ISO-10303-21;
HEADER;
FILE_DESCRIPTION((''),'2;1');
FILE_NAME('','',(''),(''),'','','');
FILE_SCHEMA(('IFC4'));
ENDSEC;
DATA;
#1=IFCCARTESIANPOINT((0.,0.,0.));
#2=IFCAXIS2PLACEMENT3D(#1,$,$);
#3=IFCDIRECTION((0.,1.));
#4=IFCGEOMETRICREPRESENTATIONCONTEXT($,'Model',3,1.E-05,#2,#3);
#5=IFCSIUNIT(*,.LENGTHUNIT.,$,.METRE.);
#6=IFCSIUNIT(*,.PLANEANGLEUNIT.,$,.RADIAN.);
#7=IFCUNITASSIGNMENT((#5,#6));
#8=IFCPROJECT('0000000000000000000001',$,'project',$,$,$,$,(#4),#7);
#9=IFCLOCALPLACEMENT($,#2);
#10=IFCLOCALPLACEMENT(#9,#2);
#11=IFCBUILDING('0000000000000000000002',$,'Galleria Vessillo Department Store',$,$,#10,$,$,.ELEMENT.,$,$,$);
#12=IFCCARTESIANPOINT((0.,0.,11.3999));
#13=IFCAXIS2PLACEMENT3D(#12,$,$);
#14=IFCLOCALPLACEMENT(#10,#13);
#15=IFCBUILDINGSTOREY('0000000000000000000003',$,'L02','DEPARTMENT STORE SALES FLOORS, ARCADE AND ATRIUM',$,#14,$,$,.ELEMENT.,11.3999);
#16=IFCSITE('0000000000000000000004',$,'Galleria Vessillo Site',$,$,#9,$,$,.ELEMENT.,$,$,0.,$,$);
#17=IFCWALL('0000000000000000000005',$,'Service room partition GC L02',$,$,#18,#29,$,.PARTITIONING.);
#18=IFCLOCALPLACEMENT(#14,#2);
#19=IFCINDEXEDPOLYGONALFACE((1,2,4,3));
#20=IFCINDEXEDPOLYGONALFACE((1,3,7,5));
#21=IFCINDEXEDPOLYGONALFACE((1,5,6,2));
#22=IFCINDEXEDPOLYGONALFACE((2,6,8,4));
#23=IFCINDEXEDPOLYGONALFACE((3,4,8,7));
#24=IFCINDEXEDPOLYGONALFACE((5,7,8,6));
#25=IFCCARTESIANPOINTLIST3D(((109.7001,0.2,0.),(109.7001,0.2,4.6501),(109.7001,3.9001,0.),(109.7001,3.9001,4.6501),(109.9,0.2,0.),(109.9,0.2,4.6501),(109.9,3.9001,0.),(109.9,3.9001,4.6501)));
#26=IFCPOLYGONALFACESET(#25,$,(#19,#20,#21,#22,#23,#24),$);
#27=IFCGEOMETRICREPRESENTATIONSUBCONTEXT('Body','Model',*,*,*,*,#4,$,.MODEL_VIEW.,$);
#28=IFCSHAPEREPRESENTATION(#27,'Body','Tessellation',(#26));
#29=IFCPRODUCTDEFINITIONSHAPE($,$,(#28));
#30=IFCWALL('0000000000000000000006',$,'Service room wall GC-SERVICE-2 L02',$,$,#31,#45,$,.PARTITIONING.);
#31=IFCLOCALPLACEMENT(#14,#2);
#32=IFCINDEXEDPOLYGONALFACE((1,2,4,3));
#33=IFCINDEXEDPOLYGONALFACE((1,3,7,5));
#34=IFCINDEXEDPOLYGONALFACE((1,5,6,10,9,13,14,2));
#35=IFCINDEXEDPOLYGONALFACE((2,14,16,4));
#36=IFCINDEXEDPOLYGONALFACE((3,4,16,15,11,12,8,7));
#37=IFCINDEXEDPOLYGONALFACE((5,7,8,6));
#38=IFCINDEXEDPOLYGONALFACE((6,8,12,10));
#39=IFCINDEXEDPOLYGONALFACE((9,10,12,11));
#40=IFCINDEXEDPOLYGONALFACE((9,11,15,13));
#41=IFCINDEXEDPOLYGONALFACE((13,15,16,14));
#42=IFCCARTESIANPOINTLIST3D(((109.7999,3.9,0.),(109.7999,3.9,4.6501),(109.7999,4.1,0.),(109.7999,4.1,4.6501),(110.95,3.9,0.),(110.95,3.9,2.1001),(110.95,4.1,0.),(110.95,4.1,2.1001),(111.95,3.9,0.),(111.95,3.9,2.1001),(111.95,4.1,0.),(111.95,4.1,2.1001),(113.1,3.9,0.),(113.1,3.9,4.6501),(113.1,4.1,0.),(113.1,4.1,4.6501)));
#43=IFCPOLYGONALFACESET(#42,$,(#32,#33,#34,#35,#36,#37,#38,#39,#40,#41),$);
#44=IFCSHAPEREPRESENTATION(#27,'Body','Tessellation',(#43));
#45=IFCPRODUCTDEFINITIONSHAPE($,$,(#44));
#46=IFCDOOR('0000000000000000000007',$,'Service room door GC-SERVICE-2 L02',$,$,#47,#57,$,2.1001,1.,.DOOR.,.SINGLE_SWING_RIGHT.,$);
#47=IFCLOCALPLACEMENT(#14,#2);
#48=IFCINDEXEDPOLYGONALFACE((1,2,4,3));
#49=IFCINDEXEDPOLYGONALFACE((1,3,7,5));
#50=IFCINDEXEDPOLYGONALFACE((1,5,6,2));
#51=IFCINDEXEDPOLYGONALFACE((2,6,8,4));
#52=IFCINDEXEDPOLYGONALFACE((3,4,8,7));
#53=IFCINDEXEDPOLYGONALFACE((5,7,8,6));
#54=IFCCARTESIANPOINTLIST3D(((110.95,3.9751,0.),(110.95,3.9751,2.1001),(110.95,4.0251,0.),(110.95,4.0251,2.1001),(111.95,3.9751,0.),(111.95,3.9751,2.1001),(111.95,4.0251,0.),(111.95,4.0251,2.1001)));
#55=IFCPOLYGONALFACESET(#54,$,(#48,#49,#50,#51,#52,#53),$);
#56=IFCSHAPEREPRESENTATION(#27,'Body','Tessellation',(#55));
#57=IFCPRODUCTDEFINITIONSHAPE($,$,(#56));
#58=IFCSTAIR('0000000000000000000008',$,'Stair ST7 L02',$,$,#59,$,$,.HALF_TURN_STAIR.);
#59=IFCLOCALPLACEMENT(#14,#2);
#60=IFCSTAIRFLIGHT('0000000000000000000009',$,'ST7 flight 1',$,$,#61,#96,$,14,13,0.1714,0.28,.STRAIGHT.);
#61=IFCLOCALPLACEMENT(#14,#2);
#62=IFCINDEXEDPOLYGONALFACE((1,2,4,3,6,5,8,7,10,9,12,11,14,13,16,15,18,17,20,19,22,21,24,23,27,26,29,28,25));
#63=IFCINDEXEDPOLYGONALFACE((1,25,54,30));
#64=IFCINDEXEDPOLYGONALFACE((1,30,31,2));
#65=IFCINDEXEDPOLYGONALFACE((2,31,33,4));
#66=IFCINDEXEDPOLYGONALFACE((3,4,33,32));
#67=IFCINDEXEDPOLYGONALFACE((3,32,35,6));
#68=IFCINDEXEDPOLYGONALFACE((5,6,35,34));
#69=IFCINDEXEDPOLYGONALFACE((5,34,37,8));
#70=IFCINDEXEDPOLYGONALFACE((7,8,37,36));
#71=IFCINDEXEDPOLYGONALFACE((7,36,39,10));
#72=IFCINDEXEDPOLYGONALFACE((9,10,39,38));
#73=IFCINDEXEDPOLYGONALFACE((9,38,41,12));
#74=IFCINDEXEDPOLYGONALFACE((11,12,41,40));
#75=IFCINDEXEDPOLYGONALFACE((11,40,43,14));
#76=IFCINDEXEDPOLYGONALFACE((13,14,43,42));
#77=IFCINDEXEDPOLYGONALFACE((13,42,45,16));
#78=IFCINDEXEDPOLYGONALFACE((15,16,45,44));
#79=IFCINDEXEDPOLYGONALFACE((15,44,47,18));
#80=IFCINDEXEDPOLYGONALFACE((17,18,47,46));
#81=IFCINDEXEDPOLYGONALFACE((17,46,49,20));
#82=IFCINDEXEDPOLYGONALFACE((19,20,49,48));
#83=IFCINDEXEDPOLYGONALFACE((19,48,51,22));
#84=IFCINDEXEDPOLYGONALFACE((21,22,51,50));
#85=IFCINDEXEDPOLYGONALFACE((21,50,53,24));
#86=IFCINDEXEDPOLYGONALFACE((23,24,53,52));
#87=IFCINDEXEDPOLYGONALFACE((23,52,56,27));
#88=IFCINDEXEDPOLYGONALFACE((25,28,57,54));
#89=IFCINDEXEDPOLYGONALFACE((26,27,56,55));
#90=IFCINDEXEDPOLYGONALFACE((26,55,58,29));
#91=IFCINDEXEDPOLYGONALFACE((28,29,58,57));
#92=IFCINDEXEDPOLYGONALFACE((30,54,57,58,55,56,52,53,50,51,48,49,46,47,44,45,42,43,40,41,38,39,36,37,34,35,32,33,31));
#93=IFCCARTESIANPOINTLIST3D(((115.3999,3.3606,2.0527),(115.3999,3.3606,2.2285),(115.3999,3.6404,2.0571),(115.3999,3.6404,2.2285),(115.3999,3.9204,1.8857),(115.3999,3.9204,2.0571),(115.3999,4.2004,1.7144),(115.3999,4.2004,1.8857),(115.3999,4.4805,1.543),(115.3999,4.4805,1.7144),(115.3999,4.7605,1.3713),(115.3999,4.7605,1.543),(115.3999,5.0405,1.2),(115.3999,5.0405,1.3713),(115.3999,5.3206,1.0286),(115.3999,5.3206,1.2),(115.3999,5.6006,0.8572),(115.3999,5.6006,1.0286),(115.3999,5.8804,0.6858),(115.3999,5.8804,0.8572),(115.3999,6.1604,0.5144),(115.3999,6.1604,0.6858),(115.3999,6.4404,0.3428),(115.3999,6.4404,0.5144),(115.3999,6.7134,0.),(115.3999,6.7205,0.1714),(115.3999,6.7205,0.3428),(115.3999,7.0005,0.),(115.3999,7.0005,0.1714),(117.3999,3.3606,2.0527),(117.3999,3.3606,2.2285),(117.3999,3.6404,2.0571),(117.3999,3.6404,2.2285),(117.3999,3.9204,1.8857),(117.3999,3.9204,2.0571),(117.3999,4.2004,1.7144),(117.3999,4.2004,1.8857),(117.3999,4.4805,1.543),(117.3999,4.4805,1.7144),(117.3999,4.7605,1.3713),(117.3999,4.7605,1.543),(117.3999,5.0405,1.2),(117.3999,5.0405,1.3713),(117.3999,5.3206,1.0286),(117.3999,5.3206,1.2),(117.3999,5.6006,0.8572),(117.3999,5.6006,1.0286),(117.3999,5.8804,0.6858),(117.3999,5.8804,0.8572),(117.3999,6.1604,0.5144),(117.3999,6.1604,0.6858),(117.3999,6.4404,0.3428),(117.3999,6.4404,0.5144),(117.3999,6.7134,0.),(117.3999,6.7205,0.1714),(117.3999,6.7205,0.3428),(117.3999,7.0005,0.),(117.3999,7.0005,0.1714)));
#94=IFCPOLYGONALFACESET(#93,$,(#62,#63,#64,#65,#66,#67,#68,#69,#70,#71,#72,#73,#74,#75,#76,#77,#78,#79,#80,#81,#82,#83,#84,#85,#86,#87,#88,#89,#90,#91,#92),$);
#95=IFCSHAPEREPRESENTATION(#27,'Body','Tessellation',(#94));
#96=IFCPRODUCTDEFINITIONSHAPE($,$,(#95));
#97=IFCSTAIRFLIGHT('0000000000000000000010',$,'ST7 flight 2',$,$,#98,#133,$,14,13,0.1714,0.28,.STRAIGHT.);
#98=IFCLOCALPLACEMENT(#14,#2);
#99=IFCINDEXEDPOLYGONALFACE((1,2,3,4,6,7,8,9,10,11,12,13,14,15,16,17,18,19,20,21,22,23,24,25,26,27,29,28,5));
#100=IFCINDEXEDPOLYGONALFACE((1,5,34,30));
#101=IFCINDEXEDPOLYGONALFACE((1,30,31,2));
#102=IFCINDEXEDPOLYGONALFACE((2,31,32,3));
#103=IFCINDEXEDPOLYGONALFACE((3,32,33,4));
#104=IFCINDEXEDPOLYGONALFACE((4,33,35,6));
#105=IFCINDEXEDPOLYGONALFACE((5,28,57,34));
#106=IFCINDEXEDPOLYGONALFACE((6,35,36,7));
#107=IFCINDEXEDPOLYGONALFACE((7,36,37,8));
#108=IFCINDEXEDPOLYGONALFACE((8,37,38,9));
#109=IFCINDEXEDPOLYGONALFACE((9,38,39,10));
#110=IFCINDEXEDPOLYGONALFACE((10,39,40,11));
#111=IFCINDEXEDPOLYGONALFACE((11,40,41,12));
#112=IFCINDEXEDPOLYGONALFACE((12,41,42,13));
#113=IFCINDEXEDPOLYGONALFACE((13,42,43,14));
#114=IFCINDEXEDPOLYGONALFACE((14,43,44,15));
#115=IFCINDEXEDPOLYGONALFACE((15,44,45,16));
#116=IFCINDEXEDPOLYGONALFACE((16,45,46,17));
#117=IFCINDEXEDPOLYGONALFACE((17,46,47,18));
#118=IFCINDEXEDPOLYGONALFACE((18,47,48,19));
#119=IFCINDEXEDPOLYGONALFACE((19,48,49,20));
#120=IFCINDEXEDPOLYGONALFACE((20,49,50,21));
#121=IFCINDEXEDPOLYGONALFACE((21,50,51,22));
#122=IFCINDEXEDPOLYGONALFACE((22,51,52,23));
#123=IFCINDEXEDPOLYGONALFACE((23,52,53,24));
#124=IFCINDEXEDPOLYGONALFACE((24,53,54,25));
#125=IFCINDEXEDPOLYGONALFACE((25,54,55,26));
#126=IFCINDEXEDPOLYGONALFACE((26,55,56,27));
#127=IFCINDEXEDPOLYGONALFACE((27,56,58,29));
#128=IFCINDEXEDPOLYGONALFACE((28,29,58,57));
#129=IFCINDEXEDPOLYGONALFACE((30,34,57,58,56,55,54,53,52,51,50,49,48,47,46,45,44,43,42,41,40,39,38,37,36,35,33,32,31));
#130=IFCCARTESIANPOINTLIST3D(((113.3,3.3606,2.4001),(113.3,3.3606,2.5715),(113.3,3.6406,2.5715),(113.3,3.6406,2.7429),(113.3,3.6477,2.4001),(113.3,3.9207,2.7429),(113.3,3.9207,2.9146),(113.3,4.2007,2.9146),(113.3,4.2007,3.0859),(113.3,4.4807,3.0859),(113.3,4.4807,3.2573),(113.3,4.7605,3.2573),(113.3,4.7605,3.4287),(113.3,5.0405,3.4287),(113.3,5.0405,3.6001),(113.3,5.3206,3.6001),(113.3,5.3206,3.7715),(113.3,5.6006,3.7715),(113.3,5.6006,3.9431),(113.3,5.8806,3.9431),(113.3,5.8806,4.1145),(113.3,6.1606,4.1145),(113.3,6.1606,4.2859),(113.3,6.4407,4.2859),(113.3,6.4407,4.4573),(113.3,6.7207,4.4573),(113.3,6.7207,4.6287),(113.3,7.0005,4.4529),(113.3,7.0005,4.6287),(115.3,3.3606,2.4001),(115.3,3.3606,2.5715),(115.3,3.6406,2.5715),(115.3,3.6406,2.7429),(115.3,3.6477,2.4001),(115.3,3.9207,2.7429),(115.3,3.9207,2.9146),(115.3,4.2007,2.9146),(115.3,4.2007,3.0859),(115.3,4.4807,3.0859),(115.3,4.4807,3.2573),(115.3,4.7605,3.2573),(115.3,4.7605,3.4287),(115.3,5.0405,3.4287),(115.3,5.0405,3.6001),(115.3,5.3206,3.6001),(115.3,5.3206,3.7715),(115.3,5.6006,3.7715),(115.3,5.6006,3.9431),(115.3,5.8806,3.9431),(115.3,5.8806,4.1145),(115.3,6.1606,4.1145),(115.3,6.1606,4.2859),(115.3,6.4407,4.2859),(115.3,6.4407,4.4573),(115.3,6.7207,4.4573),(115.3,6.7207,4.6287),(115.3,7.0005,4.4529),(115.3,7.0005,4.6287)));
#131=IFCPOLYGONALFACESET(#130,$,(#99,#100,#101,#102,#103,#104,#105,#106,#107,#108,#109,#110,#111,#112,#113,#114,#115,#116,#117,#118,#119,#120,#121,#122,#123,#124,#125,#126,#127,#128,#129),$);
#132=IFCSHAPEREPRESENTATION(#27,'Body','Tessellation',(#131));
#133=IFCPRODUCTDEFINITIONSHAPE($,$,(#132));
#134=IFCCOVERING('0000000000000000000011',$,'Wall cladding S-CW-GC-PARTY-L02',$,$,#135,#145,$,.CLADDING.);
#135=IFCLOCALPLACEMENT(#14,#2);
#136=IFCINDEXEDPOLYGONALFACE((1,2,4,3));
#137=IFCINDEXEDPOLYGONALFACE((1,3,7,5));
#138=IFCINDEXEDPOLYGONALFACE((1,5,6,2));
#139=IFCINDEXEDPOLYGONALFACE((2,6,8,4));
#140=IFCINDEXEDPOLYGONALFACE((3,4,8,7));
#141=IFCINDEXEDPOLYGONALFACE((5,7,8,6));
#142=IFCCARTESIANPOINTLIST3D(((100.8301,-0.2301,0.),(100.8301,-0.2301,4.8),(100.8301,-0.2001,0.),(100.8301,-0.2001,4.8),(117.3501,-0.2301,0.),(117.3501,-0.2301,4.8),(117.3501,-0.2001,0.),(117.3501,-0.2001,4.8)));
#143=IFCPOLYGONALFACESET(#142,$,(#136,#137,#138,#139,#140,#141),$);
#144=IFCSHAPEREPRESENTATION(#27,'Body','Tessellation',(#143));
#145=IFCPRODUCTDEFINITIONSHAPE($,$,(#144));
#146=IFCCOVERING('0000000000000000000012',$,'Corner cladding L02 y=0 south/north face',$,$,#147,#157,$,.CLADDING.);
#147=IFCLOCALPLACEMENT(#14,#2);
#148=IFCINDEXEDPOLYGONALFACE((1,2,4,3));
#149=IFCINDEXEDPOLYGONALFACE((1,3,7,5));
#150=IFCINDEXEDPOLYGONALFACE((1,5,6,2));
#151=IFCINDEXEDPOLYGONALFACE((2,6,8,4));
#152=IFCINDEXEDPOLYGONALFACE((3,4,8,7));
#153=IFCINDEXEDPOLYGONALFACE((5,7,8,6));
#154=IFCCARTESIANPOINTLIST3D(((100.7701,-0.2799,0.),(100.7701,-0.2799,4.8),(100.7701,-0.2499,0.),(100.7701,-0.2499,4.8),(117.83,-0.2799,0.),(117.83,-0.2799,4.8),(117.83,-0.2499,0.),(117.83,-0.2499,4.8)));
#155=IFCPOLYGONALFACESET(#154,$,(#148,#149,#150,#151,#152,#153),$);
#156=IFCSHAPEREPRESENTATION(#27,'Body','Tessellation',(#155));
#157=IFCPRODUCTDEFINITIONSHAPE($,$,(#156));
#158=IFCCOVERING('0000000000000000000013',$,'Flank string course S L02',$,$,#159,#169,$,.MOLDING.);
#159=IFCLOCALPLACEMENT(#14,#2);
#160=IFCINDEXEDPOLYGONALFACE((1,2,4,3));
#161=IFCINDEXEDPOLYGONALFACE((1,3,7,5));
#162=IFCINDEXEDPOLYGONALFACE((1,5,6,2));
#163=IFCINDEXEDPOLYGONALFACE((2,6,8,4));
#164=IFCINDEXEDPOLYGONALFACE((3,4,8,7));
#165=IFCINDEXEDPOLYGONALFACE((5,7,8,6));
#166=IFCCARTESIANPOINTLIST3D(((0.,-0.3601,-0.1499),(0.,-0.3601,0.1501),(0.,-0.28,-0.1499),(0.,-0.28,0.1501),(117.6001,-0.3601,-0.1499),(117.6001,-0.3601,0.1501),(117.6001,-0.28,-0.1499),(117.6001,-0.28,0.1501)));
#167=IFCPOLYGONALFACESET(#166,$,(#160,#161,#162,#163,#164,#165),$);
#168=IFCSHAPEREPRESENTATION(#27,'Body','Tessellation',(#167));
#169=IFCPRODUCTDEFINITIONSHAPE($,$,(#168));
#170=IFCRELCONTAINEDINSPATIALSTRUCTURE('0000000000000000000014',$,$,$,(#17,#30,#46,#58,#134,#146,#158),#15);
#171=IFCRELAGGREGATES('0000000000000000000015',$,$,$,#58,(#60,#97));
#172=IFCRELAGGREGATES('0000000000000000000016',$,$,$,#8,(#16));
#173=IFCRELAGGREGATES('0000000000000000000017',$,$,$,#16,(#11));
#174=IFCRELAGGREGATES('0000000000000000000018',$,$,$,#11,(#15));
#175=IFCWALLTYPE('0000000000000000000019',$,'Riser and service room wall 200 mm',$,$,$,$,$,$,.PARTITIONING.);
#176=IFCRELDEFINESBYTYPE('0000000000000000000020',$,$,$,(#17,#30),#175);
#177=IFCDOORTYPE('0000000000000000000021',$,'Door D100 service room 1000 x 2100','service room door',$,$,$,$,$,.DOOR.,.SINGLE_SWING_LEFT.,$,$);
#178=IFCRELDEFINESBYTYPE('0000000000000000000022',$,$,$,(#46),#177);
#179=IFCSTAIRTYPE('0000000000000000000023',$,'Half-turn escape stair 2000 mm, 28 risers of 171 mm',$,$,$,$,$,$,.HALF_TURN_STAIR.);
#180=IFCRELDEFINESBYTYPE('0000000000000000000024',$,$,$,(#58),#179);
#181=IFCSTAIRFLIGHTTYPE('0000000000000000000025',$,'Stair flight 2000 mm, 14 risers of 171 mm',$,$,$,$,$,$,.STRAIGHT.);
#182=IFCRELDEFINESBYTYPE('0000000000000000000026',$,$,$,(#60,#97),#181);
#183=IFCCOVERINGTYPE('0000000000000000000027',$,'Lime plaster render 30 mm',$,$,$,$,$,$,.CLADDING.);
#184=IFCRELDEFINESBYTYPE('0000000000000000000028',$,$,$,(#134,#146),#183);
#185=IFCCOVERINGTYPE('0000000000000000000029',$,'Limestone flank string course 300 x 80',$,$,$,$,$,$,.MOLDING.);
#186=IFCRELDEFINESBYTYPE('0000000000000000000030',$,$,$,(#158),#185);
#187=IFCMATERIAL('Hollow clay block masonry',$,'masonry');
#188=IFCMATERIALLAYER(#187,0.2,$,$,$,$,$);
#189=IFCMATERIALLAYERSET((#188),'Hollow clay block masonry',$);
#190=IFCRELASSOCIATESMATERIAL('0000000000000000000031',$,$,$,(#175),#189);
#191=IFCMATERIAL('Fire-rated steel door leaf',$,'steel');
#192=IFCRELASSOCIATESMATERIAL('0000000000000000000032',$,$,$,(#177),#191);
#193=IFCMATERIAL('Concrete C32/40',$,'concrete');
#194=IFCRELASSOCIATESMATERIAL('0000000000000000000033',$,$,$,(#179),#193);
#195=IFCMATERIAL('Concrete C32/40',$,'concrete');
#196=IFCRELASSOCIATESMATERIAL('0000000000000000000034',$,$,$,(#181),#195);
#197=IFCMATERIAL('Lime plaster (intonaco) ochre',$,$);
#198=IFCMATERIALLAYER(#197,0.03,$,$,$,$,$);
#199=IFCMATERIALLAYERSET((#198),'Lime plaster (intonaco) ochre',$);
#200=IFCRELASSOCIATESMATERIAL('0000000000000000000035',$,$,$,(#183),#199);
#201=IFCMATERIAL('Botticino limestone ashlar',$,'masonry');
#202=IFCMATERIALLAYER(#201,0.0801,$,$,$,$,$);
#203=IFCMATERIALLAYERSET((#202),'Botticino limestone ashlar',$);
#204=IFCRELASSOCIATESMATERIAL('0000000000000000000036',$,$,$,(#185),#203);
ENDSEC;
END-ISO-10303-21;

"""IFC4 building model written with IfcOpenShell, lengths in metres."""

from ifc_helpers import new_model, si_unit, direction, frame, frame_2d, origin, origin_2d, place, context, subcontext, project, spatial, polyline, rectangle, outline, extrude, material, layer, layer_set, type_object, element, fill, aggregate, save


model = new_model("IFC4")

# Units and contexts
model_context = context("Model", 3, precision=1e-05, world=origin(), true_north=direction((0.0, 1.0)))
body_context = subcontext(model_context, "Body", "Model", "MODEL_VIEW")
ifc_project = project(units=[si_unit("LENGTHUNIT", "METRE"), si_unit("PLANEANGLEUNIT", "RADIAN")], contexts=[model_context])

# Site, building, storey
site_placement = place(None, origin())
site = spatial("IfcSite", under=ifc_project, at=site_placement, Name="Galleria Vessillo Site", CompositionType="ELEMENT", RefElevation=0.0)
building_placement = place(site_placement, origin())
building = spatial("IfcBuilding", under=site, at=building_placement, Name="Galleria Vessillo Department Store", CompositionType="ELEMENT")
storey_placement = place(building_placement, frame((0.0, 0.0, 11.3999)))
storey = spatial("IfcBuildingStorey", under=building, at=storey_placement, Name="L02", Description="DEPARTMENT STORE SALES FLOORS, ARCADE AND ATRIUM", CompositionType="ELEMENT", Elevation=11.3999)

# Shared definitions
ifc_material_1 = material(Name="Hollow clay block masonry", Category="masonry")
ifc_layer_1 = layer(ifc_material_1, 0.2)
ifc_layer_set_1 = layer_set([ifc_layer_1], Name="Hollow clay block masonry")
wall_type_1 = type_object("IfcWallType", Name="Riser and service room wall 200 mm", PredefinedType="PARTITIONING", material=ifc_layer_set_1)
ifc_material_2 = material(Name="Fire-rated steel door leaf", Category="steel")
door_type_1 = type_object("IfcDoorType", Name="Door D100 service room 1000 x 2100", Description="service room door", OperationType="SINGLE_SWING_LEFT", PredefinedType="DOOR", material=ifc_material_2)

# Wall
wall_1_placement = place(storey_placement, frame((109.8, 0.2, 0.0), z_axis=(0.0, 0.0, 1.0), x_axis=(0.0, 1.0, 0.0)))
element("IfcWall", 1, at=wall_1_placement, inside=storey, type_object=wall_type_1, Name="Service room partition GC L02", PredefinedType="PARTITIONING", context=body_context, shape_type="SweptSolid", body=[
    extrude(rectangle(XDim=3.7002, YDim=0.2, at=frame_2d((1.8501, 0.0))), origin(), (0.0, 0.0, 1.0), 4.6501),
])

# Wall, opening, door
wall_2_placement = place(storey_placement, frame((109.8, 4.0, 0.0), z_axis=(0.0, 0.0, 1.0), x_axis=(1.0, 0.0, 0.0)))
wall_2 = element("IfcWall", 2, at=wall_2_placement, inside=storey, type_object=wall_type_1, Name="Service room wall GC-SERVICE-2 L02", PredefinedType="PARTITIONING", context=body_context, shape_type="SweptSolid", body=[
    extrude(rectangle(XDim=3.3, YDim=0.2, at=frame_2d((1.6499, 0.0))), origin(), (0.0, 0.0, 1.0), 4.6501),
])
opening_1_placement = place(wall_2_placement, frame((1.1499, 0.0, 0.0)))
opening_1 = element("IfcOpeningElement", 3, at=opening_1_placement, cuts=wall_2, PredefinedType="OPENING", context=body_context, shape_type="SweptSolid", body=[
    extrude(rectangle(XDim=1.0, YDim=2.1001, at=frame_2d((0.5, 1.05))), frame((0.0, 0.1099, 0.0), z_axis=(0.0, -1.0, 0.0), x_axis=(1.0, 0.0, 0.0)), (0.0, 0.0, 1.0), 0.22),
])
door_1_placement = place(opening_1_placement, frame((1.0, 0.0, 0.0), z_axis=(0.0, 0.0, 1.0), x_axis=(-1.0, 0.0, 0.0)))
door_1 = element("IfcDoor", 4, at=door_1_placement, inside=storey, type_object=door_type_1, Name="Service room door GC-SERVICE-2 L02", OperationType="SINGLE_SWING_RIGHT", OverallHeight=2.1001, OverallWidth=1.0, PredefinedType="DOOR", context=body_context, shape_type="SweptSolid", body=[
    extrude(rectangle(XDim=1.0, YDim=2.1001, at=frame_2d((0.5, 1.05))), frame((0.0, 0.0249, 0.0), z_axis=(0.0, -1.0, 0.0), x_axis=(1.0, 0.0, 0.0)), (0.0, 0.0, 1.0), 0.05),
])
fill(opening_1, door_1)

# Stair, stair flights
ifc_material_3 = material(Name="Concrete C32/40", Category="concrete")
stair_type = type_object("IfcStairType", Name="Half-turn escape stair 2000 mm, 28 risers of 171 mm", PredefinedType="HALF_TURN_STAIR", material=ifc_material_3)
stair_placement = place(storey_placement, origin())
stair = element("IfcStair", 5, at=stair_placement, inside=storey, type_object=stair_type, Name="Stair ST7 L02", PredefinedType="HALF_TURN_STAIR")
ifc_material_4 = material(Name="Concrete C32/40", Category="concrete")
stair_flight_type = type_object("IfcStairFlightType", Name="Stair flight 2000 mm, 14 risers of 171 mm", PredefinedType="STRAIGHT", material=ifc_material_4)
stair_flight_1_placement = place(storey_placement, frame((116.3999, 7.0005, 0.0), z_axis=(0.0, 0.0, 1.0), x_axis=(0.0, -1.0, 0.0)))
stair_flight_1 = element("IfcStairFlight", 6, at=stair_flight_1_placement, type_object=stair_flight_type, Name="ST7 flight 1", NumberOfRisers=14, NumberOfTreads=13, PredefinedType="STRAIGHT", RiserHeight=0.1714, TreadLength=0.28, context=body_context, shape_type="SweptSolid", body=[
    extrude(outline(polyline([(0.0, 0.0), (0.0, 0.1714), (0.28, 0.1714), (0.28, 0.3428), (0.5601, 0.3428), (0.5601, 0.5144), (0.8401, 0.5144), (0.8401, 0.6858), (1.1201, 0.6858), (1.1201, 0.8572), (1.3999, 0.8572), (1.3999, 1.0286), (1.6799, 1.0286), (1.6799, 1.2), (1.96, 1.2), (1.96, 1.3713), (2.24, 1.3713), (2.24, 1.543), (2.52, 1.543), (2.52, 1.7144), (2.8, 1.7144), (2.8, 1.8857), (3.0801, 1.8857), (3.0801, 2.0571), (3.3601, 2.0571), (3.3601, 2.2285), (3.6399, 2.2285), (3.6399, 2.3999), (3.6399, 2.0527), (0.2871, 0.0), (0.0, 0.0)])), frame((0.0, 1.0, 0.0), z_axis=(0.0, -1.0, 0.0), x_axis=(1.0, 0.0, 0.0)), (0.0, 0.0, 1.0), 2.0),
])
stair_flight_2_placement = place(storey_placement, frame((114.3, 3.3606, 2.4001), z_axis=(0.0, 0.0, 1.0), x_axis=(0.0, 1.0, 0.0)))
stair_flight_2 = element("IfcStairFlight", 7, at=stair_flight_2_placement, type_object=stair_flight_type, Name="ST7 flight 2", NumberOfRisers=14, NumberOfTreads=13, PredefinedType="STRAIGHT", RiserHeight=0.1714, TreadLength=0.28, context=body_context, shape_type="SweptSolid", body=[
    extrude(outline(polyline([(0.0, 0.0), (0.0, 0.1714), (0.28, 0.1714), (0.28, 0.3428), (0.5601, 0.3428), (0.5601, 0.5144), (0.8401, 0.5144), (0.8401, 0.6858), (1.1201, 0.6858), (1.1201, 0.8572), (1.3999, 0.8572), (1.3999, 1.0286), (1.6799, 1.0286), (1.6799, 1.2), (1.96, 1.2), (1.96, 1.3713), (2.24, 1.3713), (2.24, 1.543), (2.52, 1.543), (2.52, 1.7144), (2.8, 1.7144), (2.8, 1.8857), (3.0801, 1.8857), (3.0801, 2.0571), (3.3601, 2.0571), (3.3601, 2.2285), (3.6399, 2.2285), (3.6399, 2.3999), (3.6399, 2.0527), (0.2871, 0.0), (0.0, 0.0)])), frame((0.0, 1.0, 0.0), z_axis=(0.0, -1.0, 0.0), x_axis=(1.0, 0.0, 0.0)), (0.0, 0.0, 1.0), 2.0),
])
aggregate(stair, [stair_flight_1, stair_flight_2])

# Coverings
ifc_material_5 = material(Name="Lime plaster (intonaco) ochre")
ifc_layer_2 = layer(ifc_material_5, 0.03)
ifc_layer_set_2 = layer_set([ifc_layer_2], Name="Lime plaster (intonaco) ochre")
covering_type_1 = type_object("IfcCoveringType", Name="Lime plaster render 30 mm", PredefinedType="CLADDING", material=ifc_layer_set_2)
covering_1_placement = place(storey_placement, frame((109.0901, -0.2151, 0.0), z_axis=(0.0, 0.0, 1.0), x_axis=(1.0, 0.0, 0.0)))
element("IfcCovering", 8, at=covering_1_placement, inside=storey, type_object=covering_type_1, Name="Wall cladding S-CW-GC-PARTY-L02", PredefinedType="CLADDING", context=body_context, shape_type="SweptSolid", body=[
    extrude(rectangle(XDim=16.52, YDim=0.03, at=origin_2d()), origin(), (0.0, 0.0, 1.0), 4.8),
])
covering_2_placement = place(storey_placement, frame((109.3, -0.2649, 0.0), z_axis=(0.0, 0.0, 1.0), x_axis=(1.0, 0.0, 0.0)))
element("IfcCovering", 9, at=covering_2_placement, inside=storey, type_object=covering_type_1, Name="Corner cladding L02 y=0 south/north face", PredefinedType="CLADDING", context=body_context, shape_type="SweptSolid", body=[
    extrude(rectangle(XDim=17.0598, YDim=0.03, at=origin_2d()), origin(), (0.0, 0.0, 1.0), 4.8),
])
ifc_material_6 = material(Name="Botticino limestone ashlar", Category="masonry")
ifc_layer_3 = layer(ifc_material_6, 0.0801)
ifc_layer_set_3 = layer_set([ifc_layer_3], Name="Botticino limestone ashlar")
covering_type_2 = type_object("IfcCoveringType", Name="Limestone flank string course 300 x 80", PredefinedType="MOLDING", material=ifc_layer_set_3)
covering_3_placement = place(storey_placement, frame((117.6001, 0.0, -0.1499), z_axis=(-1.0, 0.0, 0.0), x_axis=(0.0, -1.0, 0.0)))
element("IfcCovering", 10, at=covering_3_placement, inside=storey, type_object=covering_type_2, Name="Flank string course S L02", PredefinedType="MOLDING", context=body_context, shape_type="SweptSolid", body=[
    extrude(outline(polyline([(0.28, 0.0), (0.3601, 0.0), (0.3601, 0.3), (0.28, 0.3), (0.28, 0.0)])), origin(), (0.0, 0.0, 1.0), 117.6001),
])

save(model, "model.ifc")
